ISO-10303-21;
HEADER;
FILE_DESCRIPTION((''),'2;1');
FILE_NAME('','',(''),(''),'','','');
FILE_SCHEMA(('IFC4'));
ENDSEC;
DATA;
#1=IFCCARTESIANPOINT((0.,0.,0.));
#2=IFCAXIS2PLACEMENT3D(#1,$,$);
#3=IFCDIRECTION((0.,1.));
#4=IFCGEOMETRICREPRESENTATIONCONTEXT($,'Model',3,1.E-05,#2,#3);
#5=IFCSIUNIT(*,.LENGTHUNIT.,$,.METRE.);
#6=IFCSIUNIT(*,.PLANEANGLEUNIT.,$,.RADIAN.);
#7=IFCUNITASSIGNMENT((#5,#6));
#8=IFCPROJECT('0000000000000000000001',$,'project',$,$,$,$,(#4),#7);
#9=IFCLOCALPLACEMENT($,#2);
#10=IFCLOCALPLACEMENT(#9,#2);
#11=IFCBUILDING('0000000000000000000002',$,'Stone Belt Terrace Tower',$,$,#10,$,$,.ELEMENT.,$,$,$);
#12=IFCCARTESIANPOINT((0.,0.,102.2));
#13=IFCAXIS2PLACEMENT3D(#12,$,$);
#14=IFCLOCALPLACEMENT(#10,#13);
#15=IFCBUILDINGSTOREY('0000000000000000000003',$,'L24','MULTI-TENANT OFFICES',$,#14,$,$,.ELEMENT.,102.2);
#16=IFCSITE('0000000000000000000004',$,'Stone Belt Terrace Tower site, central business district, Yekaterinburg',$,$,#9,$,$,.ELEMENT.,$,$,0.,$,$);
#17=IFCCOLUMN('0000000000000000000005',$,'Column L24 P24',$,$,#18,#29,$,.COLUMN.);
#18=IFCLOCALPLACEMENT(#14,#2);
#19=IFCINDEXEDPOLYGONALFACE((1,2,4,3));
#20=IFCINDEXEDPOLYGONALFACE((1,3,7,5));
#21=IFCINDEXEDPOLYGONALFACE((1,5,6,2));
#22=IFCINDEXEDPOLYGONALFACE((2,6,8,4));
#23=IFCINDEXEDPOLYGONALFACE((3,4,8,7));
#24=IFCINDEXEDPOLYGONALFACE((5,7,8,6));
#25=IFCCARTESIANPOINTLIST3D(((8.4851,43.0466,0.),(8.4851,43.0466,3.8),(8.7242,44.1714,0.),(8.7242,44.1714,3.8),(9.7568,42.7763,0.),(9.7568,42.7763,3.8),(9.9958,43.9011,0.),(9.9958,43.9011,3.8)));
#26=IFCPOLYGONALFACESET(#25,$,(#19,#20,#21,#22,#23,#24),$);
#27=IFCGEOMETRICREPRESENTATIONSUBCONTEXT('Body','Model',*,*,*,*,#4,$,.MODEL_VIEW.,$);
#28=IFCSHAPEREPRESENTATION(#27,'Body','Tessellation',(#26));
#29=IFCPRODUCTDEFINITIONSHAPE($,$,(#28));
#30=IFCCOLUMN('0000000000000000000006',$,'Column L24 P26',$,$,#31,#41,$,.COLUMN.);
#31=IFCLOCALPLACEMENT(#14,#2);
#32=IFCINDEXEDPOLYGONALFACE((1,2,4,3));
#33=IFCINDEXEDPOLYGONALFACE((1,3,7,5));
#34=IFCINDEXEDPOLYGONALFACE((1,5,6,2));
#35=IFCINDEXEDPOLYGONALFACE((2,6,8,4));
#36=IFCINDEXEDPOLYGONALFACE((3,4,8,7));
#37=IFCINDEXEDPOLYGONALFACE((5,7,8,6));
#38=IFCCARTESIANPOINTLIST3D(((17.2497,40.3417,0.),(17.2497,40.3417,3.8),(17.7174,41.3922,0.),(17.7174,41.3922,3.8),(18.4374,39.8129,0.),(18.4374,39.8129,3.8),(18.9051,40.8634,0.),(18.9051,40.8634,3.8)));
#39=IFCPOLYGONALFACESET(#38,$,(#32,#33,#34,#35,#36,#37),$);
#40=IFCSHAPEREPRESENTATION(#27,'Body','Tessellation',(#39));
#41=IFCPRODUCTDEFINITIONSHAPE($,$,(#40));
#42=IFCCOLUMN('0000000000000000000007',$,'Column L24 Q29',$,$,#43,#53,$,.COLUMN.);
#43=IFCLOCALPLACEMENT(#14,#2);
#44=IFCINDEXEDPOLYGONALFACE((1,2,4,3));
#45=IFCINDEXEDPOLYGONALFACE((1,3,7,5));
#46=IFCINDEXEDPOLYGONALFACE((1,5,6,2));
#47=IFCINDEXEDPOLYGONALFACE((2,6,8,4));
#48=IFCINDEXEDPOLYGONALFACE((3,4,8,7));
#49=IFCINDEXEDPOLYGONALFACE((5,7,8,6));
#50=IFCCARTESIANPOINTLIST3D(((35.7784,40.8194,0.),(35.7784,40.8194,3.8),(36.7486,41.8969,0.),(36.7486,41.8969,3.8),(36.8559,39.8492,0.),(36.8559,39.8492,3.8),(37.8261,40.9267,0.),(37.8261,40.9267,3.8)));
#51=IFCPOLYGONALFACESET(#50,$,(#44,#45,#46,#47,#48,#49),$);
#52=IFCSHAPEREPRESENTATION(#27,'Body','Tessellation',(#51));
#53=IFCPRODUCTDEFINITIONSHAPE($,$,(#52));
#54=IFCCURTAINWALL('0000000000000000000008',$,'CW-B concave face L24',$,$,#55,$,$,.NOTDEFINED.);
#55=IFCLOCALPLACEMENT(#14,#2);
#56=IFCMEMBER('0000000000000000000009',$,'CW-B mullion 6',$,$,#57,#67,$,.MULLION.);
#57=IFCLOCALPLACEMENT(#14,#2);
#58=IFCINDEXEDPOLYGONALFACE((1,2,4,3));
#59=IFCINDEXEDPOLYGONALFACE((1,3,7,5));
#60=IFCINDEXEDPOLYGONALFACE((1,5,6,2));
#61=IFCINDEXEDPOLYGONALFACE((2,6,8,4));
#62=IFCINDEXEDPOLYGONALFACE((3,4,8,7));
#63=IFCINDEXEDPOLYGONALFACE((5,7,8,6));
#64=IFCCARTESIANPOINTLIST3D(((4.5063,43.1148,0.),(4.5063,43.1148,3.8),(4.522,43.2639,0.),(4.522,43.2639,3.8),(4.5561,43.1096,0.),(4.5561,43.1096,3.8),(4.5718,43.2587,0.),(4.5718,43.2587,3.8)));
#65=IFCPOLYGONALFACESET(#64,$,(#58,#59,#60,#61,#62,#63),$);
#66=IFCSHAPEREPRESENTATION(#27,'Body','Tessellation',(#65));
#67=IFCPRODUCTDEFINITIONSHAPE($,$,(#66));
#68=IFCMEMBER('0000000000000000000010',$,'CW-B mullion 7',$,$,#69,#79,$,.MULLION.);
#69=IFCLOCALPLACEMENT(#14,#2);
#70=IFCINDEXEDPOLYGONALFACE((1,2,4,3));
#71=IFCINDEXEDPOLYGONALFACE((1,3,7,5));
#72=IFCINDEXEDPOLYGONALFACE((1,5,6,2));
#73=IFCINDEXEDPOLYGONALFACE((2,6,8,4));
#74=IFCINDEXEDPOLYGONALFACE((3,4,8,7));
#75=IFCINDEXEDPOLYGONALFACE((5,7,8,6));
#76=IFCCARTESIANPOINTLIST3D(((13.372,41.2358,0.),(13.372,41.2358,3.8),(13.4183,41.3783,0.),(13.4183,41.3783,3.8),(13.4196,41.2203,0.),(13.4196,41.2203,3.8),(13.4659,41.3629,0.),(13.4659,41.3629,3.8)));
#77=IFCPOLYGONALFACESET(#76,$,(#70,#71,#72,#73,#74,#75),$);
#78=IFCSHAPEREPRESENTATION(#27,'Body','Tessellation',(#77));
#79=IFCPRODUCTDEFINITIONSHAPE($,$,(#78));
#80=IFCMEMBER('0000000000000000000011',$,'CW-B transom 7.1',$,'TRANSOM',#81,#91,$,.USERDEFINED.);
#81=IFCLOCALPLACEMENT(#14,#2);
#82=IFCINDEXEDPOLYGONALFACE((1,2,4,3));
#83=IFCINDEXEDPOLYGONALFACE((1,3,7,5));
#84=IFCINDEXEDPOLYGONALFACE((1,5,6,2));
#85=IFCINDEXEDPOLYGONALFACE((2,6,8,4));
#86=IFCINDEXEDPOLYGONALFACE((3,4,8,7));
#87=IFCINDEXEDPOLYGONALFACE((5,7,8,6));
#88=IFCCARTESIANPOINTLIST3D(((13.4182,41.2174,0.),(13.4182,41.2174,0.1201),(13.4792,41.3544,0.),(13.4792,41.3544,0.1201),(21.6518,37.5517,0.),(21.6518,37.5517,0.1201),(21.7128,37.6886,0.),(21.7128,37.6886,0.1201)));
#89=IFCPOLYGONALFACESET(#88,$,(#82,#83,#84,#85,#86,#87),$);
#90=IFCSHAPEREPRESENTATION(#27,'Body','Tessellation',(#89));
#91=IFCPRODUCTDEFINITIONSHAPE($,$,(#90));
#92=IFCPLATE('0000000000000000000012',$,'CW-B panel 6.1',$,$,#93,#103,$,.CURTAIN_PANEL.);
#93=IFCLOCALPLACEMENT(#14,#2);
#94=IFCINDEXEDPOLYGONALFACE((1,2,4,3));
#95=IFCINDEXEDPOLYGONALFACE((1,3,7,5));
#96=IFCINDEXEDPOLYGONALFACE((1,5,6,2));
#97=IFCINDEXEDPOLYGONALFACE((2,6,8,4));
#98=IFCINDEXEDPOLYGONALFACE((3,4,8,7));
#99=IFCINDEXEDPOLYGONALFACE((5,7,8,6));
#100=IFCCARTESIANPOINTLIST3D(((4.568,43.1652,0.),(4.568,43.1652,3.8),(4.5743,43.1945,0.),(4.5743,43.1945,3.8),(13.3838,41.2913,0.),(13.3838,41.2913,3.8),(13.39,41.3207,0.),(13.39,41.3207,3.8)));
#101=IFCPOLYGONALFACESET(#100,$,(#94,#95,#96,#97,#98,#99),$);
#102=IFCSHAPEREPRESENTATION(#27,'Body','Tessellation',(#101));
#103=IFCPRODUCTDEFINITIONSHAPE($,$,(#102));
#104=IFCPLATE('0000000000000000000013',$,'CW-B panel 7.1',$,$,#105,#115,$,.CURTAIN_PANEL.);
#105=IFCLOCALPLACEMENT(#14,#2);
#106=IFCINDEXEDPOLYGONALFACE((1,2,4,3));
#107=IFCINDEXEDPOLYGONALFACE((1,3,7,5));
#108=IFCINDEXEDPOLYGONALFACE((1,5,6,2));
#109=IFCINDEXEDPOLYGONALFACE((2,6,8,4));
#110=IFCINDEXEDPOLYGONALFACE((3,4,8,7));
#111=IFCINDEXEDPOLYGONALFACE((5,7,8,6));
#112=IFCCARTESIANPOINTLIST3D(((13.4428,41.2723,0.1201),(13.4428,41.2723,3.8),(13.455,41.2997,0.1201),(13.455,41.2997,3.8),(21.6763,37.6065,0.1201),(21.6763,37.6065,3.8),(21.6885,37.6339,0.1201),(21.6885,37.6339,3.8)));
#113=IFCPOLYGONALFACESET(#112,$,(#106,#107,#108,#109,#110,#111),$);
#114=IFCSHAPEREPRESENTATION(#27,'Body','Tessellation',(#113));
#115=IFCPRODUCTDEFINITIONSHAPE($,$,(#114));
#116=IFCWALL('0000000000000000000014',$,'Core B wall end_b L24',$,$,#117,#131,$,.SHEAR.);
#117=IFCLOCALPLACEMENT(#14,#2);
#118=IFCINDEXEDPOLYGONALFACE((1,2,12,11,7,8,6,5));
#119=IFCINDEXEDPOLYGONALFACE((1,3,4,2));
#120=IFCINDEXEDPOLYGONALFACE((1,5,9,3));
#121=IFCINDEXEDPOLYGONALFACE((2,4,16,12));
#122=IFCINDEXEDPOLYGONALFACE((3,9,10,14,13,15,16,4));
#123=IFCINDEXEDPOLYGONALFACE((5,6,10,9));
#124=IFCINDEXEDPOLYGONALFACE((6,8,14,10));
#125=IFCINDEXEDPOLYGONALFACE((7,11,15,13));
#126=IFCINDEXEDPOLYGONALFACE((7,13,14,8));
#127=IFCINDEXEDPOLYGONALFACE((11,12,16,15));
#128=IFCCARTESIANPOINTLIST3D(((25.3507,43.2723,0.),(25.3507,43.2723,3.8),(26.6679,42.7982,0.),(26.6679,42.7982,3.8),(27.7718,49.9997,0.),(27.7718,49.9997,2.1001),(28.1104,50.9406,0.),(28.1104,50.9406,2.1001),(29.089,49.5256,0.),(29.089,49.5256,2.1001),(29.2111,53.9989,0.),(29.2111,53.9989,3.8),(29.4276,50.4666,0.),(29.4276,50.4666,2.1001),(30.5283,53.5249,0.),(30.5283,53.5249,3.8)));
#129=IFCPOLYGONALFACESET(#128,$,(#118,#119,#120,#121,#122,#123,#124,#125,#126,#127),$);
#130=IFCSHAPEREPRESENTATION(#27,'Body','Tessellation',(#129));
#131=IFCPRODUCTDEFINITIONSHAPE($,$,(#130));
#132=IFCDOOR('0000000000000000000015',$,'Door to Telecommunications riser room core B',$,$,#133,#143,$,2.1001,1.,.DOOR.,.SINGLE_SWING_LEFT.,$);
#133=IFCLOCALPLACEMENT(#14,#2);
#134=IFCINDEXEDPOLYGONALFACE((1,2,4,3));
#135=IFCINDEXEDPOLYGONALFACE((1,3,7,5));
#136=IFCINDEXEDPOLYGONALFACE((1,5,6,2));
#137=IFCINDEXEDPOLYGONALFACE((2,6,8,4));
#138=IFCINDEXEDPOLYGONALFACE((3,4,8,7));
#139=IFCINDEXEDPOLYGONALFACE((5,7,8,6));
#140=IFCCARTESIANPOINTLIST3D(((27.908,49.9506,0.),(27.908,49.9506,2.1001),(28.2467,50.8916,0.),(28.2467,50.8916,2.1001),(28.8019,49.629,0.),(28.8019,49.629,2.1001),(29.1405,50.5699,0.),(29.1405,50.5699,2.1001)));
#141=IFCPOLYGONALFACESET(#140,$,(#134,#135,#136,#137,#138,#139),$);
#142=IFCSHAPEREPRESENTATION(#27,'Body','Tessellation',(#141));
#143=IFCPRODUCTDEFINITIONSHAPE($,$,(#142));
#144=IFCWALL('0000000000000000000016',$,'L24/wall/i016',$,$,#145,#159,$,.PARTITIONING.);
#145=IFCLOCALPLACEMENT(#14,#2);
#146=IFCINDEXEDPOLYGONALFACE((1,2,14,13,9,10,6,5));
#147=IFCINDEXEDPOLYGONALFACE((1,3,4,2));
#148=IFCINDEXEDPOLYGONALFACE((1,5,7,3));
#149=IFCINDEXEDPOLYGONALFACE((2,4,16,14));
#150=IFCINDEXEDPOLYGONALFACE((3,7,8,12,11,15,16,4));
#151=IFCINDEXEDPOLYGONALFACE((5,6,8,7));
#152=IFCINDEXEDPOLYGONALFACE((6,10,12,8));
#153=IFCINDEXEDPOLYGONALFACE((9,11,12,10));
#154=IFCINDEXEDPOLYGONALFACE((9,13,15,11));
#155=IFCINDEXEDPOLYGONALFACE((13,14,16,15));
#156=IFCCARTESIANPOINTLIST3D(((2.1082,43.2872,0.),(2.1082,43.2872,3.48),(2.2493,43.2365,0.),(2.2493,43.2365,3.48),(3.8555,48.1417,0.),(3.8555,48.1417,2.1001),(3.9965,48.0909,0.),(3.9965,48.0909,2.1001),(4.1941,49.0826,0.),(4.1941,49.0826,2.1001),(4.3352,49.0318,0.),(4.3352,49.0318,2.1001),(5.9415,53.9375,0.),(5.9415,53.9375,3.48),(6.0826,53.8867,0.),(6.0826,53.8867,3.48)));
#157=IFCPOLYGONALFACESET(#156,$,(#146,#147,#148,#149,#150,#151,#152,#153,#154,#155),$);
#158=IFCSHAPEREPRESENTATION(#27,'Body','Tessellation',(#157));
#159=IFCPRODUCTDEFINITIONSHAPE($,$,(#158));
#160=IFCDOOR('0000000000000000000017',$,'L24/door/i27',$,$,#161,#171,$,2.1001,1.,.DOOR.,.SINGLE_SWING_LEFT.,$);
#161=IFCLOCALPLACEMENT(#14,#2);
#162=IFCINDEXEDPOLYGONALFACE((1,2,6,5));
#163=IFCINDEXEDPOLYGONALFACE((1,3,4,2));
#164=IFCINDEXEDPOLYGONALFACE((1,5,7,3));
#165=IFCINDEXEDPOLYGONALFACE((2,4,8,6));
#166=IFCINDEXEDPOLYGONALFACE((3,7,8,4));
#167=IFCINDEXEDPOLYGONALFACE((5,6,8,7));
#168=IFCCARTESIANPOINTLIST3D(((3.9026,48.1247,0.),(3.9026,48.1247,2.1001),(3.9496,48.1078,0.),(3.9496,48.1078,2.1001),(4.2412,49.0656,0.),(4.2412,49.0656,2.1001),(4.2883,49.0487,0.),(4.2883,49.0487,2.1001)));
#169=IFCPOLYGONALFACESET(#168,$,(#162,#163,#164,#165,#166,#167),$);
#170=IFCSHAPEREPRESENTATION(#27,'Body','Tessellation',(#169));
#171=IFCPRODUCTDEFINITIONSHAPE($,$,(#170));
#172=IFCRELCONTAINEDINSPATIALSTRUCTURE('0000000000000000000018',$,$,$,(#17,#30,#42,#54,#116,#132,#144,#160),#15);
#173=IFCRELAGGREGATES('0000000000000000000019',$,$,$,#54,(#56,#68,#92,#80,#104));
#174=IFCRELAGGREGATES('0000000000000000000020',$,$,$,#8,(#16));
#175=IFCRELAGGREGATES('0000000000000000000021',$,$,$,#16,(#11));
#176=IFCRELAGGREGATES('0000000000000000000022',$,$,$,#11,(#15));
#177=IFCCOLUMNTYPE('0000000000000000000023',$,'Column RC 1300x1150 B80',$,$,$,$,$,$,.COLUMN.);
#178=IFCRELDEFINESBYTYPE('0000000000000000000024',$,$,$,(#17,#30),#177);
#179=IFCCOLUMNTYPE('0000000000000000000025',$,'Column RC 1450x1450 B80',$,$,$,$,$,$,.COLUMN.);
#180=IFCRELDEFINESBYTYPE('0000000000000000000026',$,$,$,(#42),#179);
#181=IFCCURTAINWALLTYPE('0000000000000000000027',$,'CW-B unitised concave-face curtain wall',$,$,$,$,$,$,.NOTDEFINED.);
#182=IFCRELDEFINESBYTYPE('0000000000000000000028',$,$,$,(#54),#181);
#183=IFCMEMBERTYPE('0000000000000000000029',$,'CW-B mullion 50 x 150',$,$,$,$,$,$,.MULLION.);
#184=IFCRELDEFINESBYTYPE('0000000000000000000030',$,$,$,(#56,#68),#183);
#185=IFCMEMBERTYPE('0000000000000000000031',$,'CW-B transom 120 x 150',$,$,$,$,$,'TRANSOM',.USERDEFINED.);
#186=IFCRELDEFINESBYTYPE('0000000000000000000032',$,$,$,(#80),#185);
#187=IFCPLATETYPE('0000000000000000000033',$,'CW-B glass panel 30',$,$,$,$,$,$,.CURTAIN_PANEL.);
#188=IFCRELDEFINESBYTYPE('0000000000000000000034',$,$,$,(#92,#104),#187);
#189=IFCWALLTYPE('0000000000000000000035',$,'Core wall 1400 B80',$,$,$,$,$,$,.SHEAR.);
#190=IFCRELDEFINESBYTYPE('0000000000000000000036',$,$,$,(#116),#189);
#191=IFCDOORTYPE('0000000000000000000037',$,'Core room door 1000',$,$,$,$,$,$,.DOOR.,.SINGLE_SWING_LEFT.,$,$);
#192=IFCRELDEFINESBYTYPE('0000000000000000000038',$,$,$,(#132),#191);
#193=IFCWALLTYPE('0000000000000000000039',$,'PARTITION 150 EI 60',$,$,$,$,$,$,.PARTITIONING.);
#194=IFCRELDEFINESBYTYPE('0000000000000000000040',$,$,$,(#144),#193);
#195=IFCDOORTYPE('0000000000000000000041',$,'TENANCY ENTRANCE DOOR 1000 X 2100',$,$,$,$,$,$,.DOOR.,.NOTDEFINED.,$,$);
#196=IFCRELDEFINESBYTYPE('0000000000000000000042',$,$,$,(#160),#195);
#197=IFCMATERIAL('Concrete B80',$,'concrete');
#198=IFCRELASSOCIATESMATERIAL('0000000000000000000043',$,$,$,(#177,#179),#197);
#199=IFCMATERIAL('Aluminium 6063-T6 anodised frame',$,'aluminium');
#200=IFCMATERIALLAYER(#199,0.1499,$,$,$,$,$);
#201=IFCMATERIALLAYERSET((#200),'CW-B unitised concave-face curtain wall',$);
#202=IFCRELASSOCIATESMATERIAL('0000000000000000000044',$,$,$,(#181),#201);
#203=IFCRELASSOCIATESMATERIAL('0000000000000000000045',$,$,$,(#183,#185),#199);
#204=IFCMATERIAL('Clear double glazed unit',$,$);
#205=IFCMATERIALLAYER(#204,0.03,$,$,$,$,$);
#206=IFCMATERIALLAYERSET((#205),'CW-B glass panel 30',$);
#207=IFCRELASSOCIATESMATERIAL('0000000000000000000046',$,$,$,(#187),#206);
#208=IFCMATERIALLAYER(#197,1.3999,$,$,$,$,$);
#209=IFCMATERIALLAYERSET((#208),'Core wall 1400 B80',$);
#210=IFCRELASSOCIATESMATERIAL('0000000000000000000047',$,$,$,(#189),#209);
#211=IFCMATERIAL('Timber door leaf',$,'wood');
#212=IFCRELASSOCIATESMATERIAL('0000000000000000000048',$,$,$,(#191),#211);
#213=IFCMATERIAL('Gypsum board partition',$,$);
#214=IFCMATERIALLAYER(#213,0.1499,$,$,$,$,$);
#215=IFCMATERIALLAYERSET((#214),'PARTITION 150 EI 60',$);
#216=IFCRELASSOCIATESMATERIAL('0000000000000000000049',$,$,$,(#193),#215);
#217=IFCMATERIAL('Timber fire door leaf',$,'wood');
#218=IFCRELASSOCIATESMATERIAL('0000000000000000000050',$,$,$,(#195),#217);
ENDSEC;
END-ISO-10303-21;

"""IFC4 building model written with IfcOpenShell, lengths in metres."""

from ifc_helpers import new_model, si_unit, direction, frame, frame_2d, origin, origin_2d, place, context, subcontext, project, spatial, rectangle, extrude, material, layer, layer_set, material_profile, profile_set, type_object, element, fill, aggregate, save


model = new_model("IFC4")

# Units and contexts
model_context = context("Model", 3, precision=1e-05, world=origin(), true_north=direction((0.0, 1.0)))
body_context = subcontext(model_context, "Body", "Model", "MODEL_VIEW")
ifc_project = project(units=[si_unit("LENGTHUNIT", "METRE"), si_unit("PLANEANGLEUNIT", "RADIAN")], contexts=[model_context])

# Site, building, storey
site_placement = place(None, origin())
site = spatial("IfcSite", under=ifc_project, at=site_placement, Name="Stone Belt Terrace Tower site, central business district, Yekaterinburg", CompositionType="ELEMENT", RefElevation=0.0)
building_placement = place(site_placement, origin())
building = spatial("IfcBuilding", under=site, at=building_placement, Name="Stone Belt Terrace Tower", CompositionType="ELEMENT")
storey_placement = place(building_placement, frame((0.0, 0.0, 102.2)))
storey = spatial("IfcBuildingStorey", under=building, at=storey_placement, Name="L24", Description="MULTI-TENANT OFFICES", CompositionType="ELEMENT", Elevation=102.2)

# Columns
ifc_material_1 = material(Name="Concrete B80", Category="concrete")
ifc_material_profile_1 = material_profile(ifc_material_1, rectangle(XDim=1.3, YDim=1.1499, at=origin_2d()), Name="RC 1300x1150")
ifc_profile_set_1 = profile_set([ifc_material_profile_1], Name="Concrete B80")
column_type_1 = type_object("IfcColumnType", Name="Column RC 1300x1150 B80", PredefinedType="COLUMN", material=ifc_profile_set_1)
for number, where, z_axis, x_axis, name in (
    (1, (9.2405, 43.4739, 0.0), (0.0, 0.0, 1.0), (0.978148, -0.207912, 0.0), "Column L24 P24"),
    (2, (18.0774, 40.6025, 0.0), (0.0, 0.0, 1.0), (0.913545, -0.406737, 0.0), "Column L24 P26"),
):
    element("IfcColumn", number, at=place(storey_placement, frame(where, z_axis=z_axis, x_axis=x_axis)), inside=storey, type_object=column_type_1, Name=name, PredefinedType="COLUMN", context=body_context, shape_type="SweptSolid", body=[
        extrude(rectangle(XDim=1.3, YDim=1.1499, at=origin_2d()), origin(), (0.0, 0.0, 1.0), 3.8),
    ])
ifc_material_profile_2 = material_profile(ifc_material_1, rectangle(XDim=1.45, YDim=1.45, at=origin_2d()), Name="RC 1450x1450")
ifc_profile_set_2 = profile_set([ifc_material_profile_2], Name="Concrete B80")
column_type_2 = type_object("IfcColumnType", Name="Column RC 1450x1450 B80", PredefinedType="COLUMN", material=ifc_profile_set_2)
column_placement = place(storey_placement, frame((36.8022, 40.873, 0.0), z_axis=(0.0, 0.0, 1.0), x_axis=(0.743145, -0.669131, 0.0)))
element("IfcColumn", 3, at=column_placement, inside=storey, type_object=column_type_2, Name="Column L24 Q29", PredefinedType="COLUMN", context=body_context, shape_type="SweptSolid", body=[
    extrude(rectangle(XDim=1.45, YDim=1.45, at=origin_2d()), origin(), (0.0, 0.0, 1.0), 3.8),
])

# Curtain wall, members, plates
ifc_material_2 = material(Name="Aluminium 6063-T6 anodised frame", Category="aluminium")
ifc_layer_1 = layer(ifc_material_2, 0.1499)
ifc_layer_set_1 = layer_set([ifc_layer_1], Name="CW-B unitised concave-face curtain wall")
curtain_wall_type = type_object("IfcCurtainWallType", Name="CW-B unitised concave-face curtain wall", PredefinedType="NOTDEFINED", material=ifc_layer_set_1)
curtain_wall_placement = place(storey_placement, origin())
curtain_wall = element("IfcCurtainWall", 4, at=curtain_wall_placement, inside=storey, type_object=curtain_wall_type, Name="CW-B concave face L24", PredefinedType="NOTDEFINED")
ifc_material_profile_3 = material_profile(ifc_material_2, rectangle(XDim=0.1499, YDim=0.05, at=origin_2d()), Name="Aluminium 6063-T6 50x150")
ifc_profile_set_3 = profile_set([ifc_material_profile_3], Name="Aluminium 6063-T6 anodised frame")
member_type_1 = type_object("IfcMemberType", Name="CW-B mullion 50 x 150", PredefinedType="MULLION", material=ifc_profile_set_3)
member_1_placement = place(storey_placement, frame((4.5391, 43.1868, 0.0), z_axis=(0.0, 0.0, 1.0), x_axis=(0.104528, 0.994522, 0.0)))
member_1 = element("IfcMember", 5, at=member_1_placement, type_object=member_type_1, Name="CW-B mullion 6", PredefinedType="MULLION", context=body_context, shape_type="SweptSolid", body=[
    extrude(rectangle(XDim=0.1499, YDim=0.05, at=origin_2d()), origin(), (0.0, 0.0, 1.0), 3.8),
])
member_2_placement = place(storey_placement, frame((13.4189, 41.2993, 0.0), z_axis=(0.0, 0.0, 1.0), x_axis=(0.309017, 0.951057, 0.0)))
member_2 = element("IfcMember", 6, at=member_2_placement, type_object=member_type_1, Name="CW-B mullion 7", PredefinedType="MULLION", context=body_context, shape_type="SweptSolid", body=[
    extrude(rectangle(XDim=0.1499, YDim=0.05, at=origin_2d()), origin(), (0.0, 0.0, 1.0), 3.8),
])
ifc_material_profile_4 = material_profile(ifc_material_2, rectangle(XDim=0.1499, YDim=0.1201, at=origin_2d()), Name="Aluminium 6063-T6 150x120")
ifc_profile_set_4 = profile_set([ifc_material_profile_4], Name="Aluminium 6063-T6 anodised frame")
member_type_2 = type_object("IfcMemberType", Name="CW-B transom 120 x 150", ElementType="TRANSOM", PredefinedType="USERDEFINED", material=ifc_profile_set_4)
member_3_placement = place(storey_placement, frame((13.4487, 41.2859, 0.0601), z_axis=(0.913549, -0.406729, 0.0), x_axis=(0.406729, 0.913549, 0.0)))
member_3 = element("IfcMember", 7, at=member_3_placement, type_object=member_type_2, Name="CW-B transom 7.1", ObjectType="TRANSOM", PredefinedType="USERDEFINED", context=body_context, shape_type="SweptSolid", body=[
    extrude(rectangle(XDim=0.1499, YDim=0.1201, at=origin_2d()), origin(), (0.0, 0.0, 1.0), 9.0127),
])
ifc_material_3 = material(Name="Clear double glazed unit")
ifc_layer_2 = layer(ifc_material_3, 0.03)
ifc_layer_set_2 = layer_set([ifc_layer_2], Name="CW-B glass panel 30")
plate_type = type_object("IfcPlateType", Name="CW-B glass panel 30", PredefinedType="CURTAIN_PANEL", material=ifc_layer_set_2)
plate_1_placement = place(storey_placement, frame((8.979, 42.2429, 0.0), z_axis=(0.0, 0.0, 1.0), x_axis=(0.978148, -0.207912, 0.0)))
plate_1 = element("IfcPlate", 8, at=plate_1_placement, type_object=plate_type, Name="CW-B panel 6.1", PredefinedType="CURTAIN_PANEL", context=body_context, shape_type="SweptSolid", body=[
    extrude(rectangle(XDim=9.0127, YDim=0.03, at=origin_2d()), origin(), (0.0, 0.0, 1.0), 3.8),
])
plate_2_placement = place(storey_placement, frame((17.5657, 39.4531, 0.1201), z_axis=(0.0, 0.0, 1.0), x_axis=(0.913545, -0.406737, 0.0)))
plate_2 = element("IfcPlate", 9, at=plate_2_placement, type_object=plate_type, Name="CW-B panel 7.1", PredefinedType="CURTAIN_PANEL", context=body_context, shape_type="SweptSolid", body=[
    extrude(rectangle(XDim=9.0127, YDim=0.03, at=origin_2d()), origin(), (0.0, 0.0, 1.0), 3.6799),
])
aggregate(curtain_wall, [member_1, member_2, plate_1, member_3, plate_2])

# Walls, openings, doors
ifc_layer_3 = layer(ifc_material_1, 1.3999)
ifc_layer_set_3 = layer_set([ifc_layer_3], Name="Core wall 1400 B80")
wall_type_1 = type_object("IfcWallType", Name="Core wall 1400 B80", PredefinedType="SHEAR", material=ifc_layer_set_3)
wall_1_placement = place(storey_placement, frame((26.0093, 43.0352, 0.0), z_axis=(0.0, 0.0, 1.0), x_axis=(0.338625, 0.940921, 0.0)))
wall_1 = element("IfcWall", 10, at=wall_1_placement, inside=storey, type_object=wall_type_1, Name="Core B wall end_b L24", PredefinedType="SHEAR", context=body_context, shape_type="SweptSolid", body=[
    extrude(rectangle(XDim=11.4001, YDim=1.3999, at=frame_2d((5.7002, 0.0))), origin(), (0.0, 0.0, 1.0), 3.8),
])
opening_1_placement = place(wall_1_placement, frame((7.1499, 0.0, 0.0)))
opening_1 = element("IfcOpeningElement", 11, at=opening_1_placement, cuts=wall_1, PredefinedType="OPENING", context=body_context, shape_type="SweptSolid", body=[
    extrude(rectangle(XDim=1.0, YDim=2.1001, at=frame_2d((0.5, 1.05))), frame((0.0, 0.71, 0.0), z_axis=(0.0, -1.0, 0.0), x_axis=(1.0, 0.0, 0.0)), (0.0, 0.0, 1.0), 1.4199),
])
ifc_material_4 = material(Name="Timber door leaf", Category="wood")
door_type_1 = type_object("IfcDoorType", Name="Core room door 1000", OperationType="SINGLE_SWING_LEFT", PredefinedType="DOOR", material=ifc_material_4)
door_1_placement = place(opening_1_placement, origin())
door_1 = element("IfcDoor", 12, at=door_1_placement, inside=storey, type_object=door_type_1, Name="Door to Telecommunications riser room core B", OperationType="SINGLE_SWING_LEFT", OverallHeight=2.1001, OverallWidth=1.0, PredefinedType="DOOR", context=body_context, shape_type="SweptSolid", body=[
    extrude(rectangle(XDim=1.0, YDim=2.1001, at=frame_2d((0.5, 1.05))), frame((0.0, 0.5552, 0.0), z_axis=(0.0, -1.0, 0.0), x_axis=(1.0, 0.0, 0.0)), (0.0, 0.0, 1.0), 0.95),
])
fill(opening_1, door_1)
ifc_material_5 = material(Name="Gypsum board partition")
ifc_layer_4 = layer(ifc_material_5, 0.1499)
ifc_layer_set_4 = layer_set([ifc_layer_4], Name="PARTITION 150 EI 60")
wall_type_2 = type_object("IfcWallType", Name="PARTITION 150 EI 60", PredefinedType="PARTITIONING", material=ifc_layer_set_4)
wall_2_placement = place(storey_placement, frame((2.1787, 43.2617, 0.0), z_axis=(0.0, 0.0, 1.0), x_axis=(0.338657, 0.94091, 0.0)))
wall_2 = element("IfcWall", 13, at=wall_2_placement, inside=storey, type_object=wall_type_2, Name="L24/wall/i016", PredefinedType="PARTITIONING", context=body_context, shape_type="SweptSolid", body=[
    extrude(rectangle(XDim=11.3191, YDim=0.1499, at=frame_2d((5.6597, 0.0))), origin(), (0.0, 0.0, 1.0), 3.48),
])
opening_2_placement = place(wall_2_placement, frame((5.1594, 0.0, 0.0)))
opening_2 = element("IfcOpeningElement", 14, at=opening_2_placement, cuts=wall_2, PredefinedType="OPENING", context=body_context, shape_type="SweptSolid", body=[
    extrude(rectangle(XDim=1.0, YDim=2.1001, at=frame_2d((0.5, 1.05))), frame((0.0, 0.085, 0.0), z_axis=(0.0, -1.0, 0.0), x_axis=(1.0, 0.0, 0.0)), (0.0, 0.0, 1.0), 0.1699),
])
ifc_material_6 = material(Name="Timber fire door leaf", Category="wood")
door_type_2 = type_object("IfcDoorType", Name="TENANCY ENTRANCE DOOR 1000 X 2100", OperationType="NOTDEFINED", PredefinedType="DOOR", material=ifc_material_6)
door_2_placement = place(opening_2_placement, origin())
door_2 = element("IfcDoor", 15, at=door_2_placement, inside=storey, type_object=door_type_2, Name="L24/door/i27", OperationType="SINGLE_SWING_LEFT", OverallHeight=2.1001, OverallWidth=1.0, PredefinedType="DOOR", context=body_context, shape_type="SweptSolid", body=[
    extrude(rectangle(XDim=1.0, YDim=2.1001, at=frame_2d((0.5, 1.05))), frame((0.0, 0.0249, 0.0), z_axis=(0.0, -1.0, 0.0), x_axis=(1.0, 0.0, 0.0)), (0.0, 0.0, 1.0), 0.05),
])
fill(opening_2, door_2)

save(model, "model.ifc")
